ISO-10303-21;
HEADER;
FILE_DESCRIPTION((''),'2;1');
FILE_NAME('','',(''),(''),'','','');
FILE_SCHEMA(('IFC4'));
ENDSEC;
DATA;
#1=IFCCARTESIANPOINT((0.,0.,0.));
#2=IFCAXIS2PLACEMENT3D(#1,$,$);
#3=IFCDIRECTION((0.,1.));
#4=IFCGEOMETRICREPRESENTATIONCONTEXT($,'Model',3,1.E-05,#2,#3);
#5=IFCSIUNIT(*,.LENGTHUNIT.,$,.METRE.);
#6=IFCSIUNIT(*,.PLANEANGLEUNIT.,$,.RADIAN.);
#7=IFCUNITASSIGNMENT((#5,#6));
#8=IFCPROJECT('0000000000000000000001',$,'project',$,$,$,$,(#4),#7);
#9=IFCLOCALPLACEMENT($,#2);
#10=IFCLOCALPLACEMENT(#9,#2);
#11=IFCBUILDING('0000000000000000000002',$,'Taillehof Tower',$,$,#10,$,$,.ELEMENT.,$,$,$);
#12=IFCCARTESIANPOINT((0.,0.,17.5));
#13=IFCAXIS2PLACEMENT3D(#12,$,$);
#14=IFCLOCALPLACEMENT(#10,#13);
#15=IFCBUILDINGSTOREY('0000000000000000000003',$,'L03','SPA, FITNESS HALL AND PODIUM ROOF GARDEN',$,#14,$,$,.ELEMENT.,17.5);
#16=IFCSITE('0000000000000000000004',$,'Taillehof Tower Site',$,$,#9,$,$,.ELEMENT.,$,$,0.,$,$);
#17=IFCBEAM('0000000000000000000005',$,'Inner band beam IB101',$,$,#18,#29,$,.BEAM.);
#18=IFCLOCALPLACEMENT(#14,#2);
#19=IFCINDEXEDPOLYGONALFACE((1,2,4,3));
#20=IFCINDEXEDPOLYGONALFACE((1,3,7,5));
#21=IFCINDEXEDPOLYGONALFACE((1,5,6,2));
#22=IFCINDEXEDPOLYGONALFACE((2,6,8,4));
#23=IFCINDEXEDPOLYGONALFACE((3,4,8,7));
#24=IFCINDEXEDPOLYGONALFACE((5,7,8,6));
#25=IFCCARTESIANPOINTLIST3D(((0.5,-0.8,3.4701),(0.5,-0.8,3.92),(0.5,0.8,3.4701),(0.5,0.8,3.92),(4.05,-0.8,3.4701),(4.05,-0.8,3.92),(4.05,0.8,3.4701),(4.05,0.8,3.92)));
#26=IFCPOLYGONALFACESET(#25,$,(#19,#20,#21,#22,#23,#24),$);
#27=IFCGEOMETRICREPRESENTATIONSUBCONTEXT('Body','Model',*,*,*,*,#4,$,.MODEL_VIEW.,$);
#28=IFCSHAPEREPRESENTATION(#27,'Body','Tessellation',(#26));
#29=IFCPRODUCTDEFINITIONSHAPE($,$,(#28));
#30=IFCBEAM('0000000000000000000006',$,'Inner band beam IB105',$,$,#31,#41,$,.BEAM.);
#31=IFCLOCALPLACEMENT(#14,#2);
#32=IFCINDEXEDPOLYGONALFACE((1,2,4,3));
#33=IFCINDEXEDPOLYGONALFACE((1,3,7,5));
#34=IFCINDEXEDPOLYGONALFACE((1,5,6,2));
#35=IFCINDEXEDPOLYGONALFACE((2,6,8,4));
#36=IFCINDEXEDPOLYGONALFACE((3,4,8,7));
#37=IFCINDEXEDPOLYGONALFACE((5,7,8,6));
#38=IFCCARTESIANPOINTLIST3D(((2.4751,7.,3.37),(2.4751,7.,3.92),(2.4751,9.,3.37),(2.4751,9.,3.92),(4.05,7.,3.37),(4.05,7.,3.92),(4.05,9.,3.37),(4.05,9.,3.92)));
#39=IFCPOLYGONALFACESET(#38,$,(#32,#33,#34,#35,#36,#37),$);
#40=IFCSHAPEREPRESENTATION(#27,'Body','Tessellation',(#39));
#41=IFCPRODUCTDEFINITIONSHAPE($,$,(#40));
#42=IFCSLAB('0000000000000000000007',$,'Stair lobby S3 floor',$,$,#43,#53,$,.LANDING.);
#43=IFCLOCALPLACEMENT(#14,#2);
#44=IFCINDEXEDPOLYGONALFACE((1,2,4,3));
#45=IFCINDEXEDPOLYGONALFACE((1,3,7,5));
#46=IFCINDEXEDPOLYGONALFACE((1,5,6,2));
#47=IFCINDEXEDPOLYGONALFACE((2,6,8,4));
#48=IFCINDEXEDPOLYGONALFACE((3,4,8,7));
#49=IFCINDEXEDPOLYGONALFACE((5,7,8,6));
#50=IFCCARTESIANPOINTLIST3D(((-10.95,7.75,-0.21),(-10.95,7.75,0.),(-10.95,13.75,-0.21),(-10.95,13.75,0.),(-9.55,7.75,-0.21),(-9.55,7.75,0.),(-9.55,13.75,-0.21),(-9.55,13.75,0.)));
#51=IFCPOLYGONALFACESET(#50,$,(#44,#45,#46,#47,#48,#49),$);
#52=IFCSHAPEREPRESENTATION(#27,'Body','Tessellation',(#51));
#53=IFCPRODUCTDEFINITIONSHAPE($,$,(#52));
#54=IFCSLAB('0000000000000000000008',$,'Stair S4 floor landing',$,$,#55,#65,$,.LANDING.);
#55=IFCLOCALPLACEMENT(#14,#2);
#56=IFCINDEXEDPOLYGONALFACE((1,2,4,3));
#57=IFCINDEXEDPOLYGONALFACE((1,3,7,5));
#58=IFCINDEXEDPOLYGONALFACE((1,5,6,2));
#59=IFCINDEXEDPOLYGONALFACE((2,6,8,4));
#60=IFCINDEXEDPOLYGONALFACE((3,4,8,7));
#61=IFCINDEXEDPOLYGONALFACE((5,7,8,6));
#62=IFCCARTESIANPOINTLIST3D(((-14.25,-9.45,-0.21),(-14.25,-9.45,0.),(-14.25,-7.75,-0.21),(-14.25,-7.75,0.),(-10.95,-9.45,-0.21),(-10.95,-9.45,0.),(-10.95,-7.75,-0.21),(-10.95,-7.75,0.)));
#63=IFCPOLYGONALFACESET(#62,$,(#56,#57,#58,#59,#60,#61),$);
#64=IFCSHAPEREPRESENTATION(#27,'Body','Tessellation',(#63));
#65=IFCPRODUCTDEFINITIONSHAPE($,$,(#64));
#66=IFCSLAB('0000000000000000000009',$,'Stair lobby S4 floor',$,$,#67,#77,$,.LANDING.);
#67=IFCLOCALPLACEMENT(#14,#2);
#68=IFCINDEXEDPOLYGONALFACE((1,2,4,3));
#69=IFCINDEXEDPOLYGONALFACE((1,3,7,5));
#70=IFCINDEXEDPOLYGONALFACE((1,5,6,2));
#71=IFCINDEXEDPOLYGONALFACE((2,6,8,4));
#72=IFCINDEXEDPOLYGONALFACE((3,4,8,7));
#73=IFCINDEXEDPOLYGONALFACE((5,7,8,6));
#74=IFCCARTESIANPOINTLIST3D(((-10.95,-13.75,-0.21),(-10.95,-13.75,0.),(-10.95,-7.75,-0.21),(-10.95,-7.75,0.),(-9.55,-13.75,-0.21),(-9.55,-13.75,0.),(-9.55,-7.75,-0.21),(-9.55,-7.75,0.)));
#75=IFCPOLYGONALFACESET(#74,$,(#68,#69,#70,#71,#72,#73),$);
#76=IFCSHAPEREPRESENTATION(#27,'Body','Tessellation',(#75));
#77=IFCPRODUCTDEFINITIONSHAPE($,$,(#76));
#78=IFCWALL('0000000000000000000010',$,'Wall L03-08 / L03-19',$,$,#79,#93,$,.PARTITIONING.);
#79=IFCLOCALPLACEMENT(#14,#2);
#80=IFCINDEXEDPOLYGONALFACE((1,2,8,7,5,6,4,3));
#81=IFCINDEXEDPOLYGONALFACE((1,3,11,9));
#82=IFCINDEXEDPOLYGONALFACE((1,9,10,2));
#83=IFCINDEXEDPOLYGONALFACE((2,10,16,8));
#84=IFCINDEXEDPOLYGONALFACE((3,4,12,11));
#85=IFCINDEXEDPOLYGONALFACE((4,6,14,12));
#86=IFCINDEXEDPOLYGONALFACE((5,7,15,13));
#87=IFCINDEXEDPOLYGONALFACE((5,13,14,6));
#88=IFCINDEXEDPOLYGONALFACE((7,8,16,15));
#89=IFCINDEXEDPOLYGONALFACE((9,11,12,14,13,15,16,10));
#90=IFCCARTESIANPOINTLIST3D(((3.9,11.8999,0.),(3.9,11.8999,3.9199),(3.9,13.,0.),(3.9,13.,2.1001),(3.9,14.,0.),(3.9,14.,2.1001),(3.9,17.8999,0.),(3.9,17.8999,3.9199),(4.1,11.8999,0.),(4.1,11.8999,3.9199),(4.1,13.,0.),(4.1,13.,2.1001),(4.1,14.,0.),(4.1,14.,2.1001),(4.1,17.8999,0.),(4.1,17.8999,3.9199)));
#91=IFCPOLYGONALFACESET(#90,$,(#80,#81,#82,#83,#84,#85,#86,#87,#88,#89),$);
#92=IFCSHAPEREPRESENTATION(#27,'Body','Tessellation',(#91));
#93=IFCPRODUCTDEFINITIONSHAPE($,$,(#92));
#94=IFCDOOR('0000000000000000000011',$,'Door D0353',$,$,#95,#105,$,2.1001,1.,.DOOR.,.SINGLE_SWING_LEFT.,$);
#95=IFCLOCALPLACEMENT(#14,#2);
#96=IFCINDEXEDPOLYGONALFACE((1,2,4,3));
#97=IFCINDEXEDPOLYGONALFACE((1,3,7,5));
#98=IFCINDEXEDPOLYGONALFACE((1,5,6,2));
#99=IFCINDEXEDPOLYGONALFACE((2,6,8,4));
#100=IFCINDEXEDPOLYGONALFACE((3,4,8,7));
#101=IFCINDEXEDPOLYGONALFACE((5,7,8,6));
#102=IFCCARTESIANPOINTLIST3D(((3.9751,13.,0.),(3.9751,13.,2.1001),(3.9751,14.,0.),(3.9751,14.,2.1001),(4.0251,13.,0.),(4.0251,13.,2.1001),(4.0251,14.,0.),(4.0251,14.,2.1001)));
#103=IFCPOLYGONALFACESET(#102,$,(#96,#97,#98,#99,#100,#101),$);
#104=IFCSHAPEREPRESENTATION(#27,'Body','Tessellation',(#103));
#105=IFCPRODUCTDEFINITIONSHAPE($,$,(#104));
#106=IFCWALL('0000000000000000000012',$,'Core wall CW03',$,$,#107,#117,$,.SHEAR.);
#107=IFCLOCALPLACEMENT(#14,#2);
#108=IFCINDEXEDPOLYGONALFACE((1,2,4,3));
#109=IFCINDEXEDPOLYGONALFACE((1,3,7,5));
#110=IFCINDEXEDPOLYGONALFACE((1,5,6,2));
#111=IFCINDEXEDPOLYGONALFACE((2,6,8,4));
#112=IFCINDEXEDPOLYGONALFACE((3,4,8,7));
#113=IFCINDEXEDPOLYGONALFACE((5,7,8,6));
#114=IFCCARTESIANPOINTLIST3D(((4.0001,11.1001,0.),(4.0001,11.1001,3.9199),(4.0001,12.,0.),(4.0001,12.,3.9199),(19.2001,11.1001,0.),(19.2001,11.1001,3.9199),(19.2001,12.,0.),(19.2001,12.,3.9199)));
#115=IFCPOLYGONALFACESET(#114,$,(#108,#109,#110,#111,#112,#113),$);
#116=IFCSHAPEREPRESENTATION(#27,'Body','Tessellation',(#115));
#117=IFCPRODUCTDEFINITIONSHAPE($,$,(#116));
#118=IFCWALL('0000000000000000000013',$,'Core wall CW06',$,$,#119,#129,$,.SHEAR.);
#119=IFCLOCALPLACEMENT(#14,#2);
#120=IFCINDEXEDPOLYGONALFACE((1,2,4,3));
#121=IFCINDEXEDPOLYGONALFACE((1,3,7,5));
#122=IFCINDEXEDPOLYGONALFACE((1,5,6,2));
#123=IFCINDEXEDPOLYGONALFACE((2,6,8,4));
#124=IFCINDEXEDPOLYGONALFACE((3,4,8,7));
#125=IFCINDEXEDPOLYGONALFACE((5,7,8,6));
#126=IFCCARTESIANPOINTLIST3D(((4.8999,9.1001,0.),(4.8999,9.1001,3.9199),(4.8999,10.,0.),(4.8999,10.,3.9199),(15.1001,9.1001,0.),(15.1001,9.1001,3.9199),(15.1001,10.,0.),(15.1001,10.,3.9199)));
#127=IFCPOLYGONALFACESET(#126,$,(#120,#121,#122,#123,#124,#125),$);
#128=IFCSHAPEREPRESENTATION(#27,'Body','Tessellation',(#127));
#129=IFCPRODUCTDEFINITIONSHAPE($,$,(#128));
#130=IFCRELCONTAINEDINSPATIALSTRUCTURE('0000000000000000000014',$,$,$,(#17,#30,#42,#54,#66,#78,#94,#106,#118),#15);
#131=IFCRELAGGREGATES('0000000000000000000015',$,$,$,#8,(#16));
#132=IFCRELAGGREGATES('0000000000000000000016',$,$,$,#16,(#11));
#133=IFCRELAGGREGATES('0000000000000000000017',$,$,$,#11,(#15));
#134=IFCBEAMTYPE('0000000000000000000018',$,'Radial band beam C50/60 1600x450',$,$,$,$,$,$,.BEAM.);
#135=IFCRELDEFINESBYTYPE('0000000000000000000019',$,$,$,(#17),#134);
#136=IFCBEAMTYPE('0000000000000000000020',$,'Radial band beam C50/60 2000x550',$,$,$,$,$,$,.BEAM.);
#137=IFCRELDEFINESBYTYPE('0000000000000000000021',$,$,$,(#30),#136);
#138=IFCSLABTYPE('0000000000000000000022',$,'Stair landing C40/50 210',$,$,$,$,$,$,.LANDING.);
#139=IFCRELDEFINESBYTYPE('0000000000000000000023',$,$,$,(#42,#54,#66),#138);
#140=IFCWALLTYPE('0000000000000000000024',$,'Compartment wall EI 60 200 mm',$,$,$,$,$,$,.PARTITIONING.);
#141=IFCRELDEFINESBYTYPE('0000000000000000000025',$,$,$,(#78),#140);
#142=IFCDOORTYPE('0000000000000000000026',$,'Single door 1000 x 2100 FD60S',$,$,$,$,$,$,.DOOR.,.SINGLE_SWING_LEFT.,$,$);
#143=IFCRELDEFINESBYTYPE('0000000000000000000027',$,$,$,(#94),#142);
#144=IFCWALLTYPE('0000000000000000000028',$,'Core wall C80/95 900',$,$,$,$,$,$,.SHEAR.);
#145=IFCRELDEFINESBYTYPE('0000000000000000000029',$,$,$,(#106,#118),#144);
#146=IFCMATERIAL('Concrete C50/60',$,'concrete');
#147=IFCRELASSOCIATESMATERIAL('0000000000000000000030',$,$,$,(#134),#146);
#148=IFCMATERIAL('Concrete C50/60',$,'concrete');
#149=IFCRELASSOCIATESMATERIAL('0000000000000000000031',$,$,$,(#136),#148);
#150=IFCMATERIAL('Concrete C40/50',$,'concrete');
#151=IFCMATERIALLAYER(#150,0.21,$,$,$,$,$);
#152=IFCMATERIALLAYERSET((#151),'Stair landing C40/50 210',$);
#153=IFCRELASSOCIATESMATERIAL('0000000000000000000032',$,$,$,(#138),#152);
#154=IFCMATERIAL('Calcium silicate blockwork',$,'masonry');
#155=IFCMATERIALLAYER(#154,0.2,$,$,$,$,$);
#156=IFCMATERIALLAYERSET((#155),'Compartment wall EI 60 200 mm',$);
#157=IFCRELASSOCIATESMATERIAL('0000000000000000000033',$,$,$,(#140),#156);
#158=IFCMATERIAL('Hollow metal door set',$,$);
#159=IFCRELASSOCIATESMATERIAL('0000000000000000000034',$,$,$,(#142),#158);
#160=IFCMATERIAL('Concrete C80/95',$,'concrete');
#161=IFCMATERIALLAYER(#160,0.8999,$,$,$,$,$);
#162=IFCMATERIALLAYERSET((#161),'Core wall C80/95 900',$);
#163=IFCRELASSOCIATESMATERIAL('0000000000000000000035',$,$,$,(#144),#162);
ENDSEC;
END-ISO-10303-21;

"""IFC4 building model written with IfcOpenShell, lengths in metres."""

from ifc_helpers import new_model, si_unit, direction, frame, frame_2d, origin, origin_2d, place, context, subcontext, project, spatial, polyline, rectangle, outline, extrude, material, layer, layer_set, material_profile, profile_set, type_object, element, fill, save


model = new_model("IFC4")

# Units and contexts
model_context = context("Model", 3, precision=1e-05, world=origin(), true_north=direction((0.0, 1.0)))
body_context = subcontext(model_context, "Body", "Model", "MODEL_VIEW")
ifc_project = project(units=[si_unit("LENGTHUNIT", "METRE"), si_unit("PLANEANGLEUNIT", "RADIAN")], contexts=[model_context])

# Site, building, storey
site_placement = place(None, origin())
site = spatial("IfcSite", under=ifc_project, at=site_placement, Name="Taillehof Tower Site", CompositionType="ELEMENT", RefElevation=0.0)
building_placement = place(site_placement, origin())
building = spatial("IfcBuilding", under=site, at=building_placement, Name="Taillehof Tower", CompositionType="ELEMENT")
storey_placement = place(building_placement, frame((0.0, 0.0, 17.5)))
storey = spatial("IfcBuildingStorey", under=building, at=storey_placement, Name="L03", Description="SPA, FITNESS HALL AND PODIUM ROOF GARDEN", CompositionType="ELEMENT", Elevation=17.5)

# Beams
ifc_material_1 = material(Name="Concrete C50/60", Category="concrete")
ifc_material_profile_1 = material_profile(ifc_material_1, rectangle(XDim=1.6001, YDim=0.45, at=origin_2d()), Name="RC 1600x450")
ifc_profile_set_1 = profile_set([ifc_material_profile_1], Name="Concrete C50/60")
beam_type_1 = type_object("IfcBeamType", Name="Radial band beam C50/60 1600x450", PredefinedType="BEAM", material=ifc_profile_set_1)
beam_1_placement = place(storey_placement, frame((0.5, 0.0, 3.6951), z_axis=(1.0, 0.0, 0.0), x_axis=(0.0, 1.0, 0.0)))
element("IfcBeam", 1, at=beam_1_placement, inside=storey, type_object=beam_type_1, Name="Inner band beam IB101", PredefinedType="BEAM", context=body_context, shape_type="SweptSolid", body=[
    extrude(rectangle(XDim=1.6001, YDim=0.45, at=origin_2d()), origin(), (0.0, 0.0, 1.0), 3.55),
])
ifc_material_2 = material(Name="Concrete C50/60", Category="concrete")
ifc_material_profile_2 = material_profile(ifc_material_2, rectangle(XDim=2.0, YDim=0.55, at=origin_2d()), Name="RC 2000x550")
ifc_profile_set_2 = profile_set([ifc_material_profile_2], Name="Concrete C50/60")
beam_type_2 = type_object("IfcBeamType", Name="Radial band beam C50/60 2000x550", PredefinedType="BEAM", material=ifc_profile_set_2)
beam_2_placement = place(storey_placement, frame((2.4751, 8.0, 3.645), z_axis=(1.0, 0.0, 0.0), x_axis=(0.0, 1.0, 0.0)))
element("IfcBeam", 2, at=beam_2_placement, inside=storey, type_object=beam_type_2, Name="Inner band beam IB105", PredefinedType="BEAM", context=body_context, shape_type="SweptSolid", body=[
    extrude(rectangle(XDim=2.0, YDim=0.55, at=origin_2d()), origin(), (0.0, 0.0, 1.0), 1.575),
])

# Slabs
ifc_material_3 = material(Name="Concrete C40/50", Category="concrete")
ifc_layer_1 = layer(ifc_material_3, 0.21)
ifc_layer_set_1 = layer_set([ifc_layer_1], Name="Stair landing C40/50 210")
slab_type = type_object("IfcSlabType", Name="Stair landing C40/50 210", PredefinedType="LANDING", material=ifc_layer_set_1)
slab_1_placement = place(storey_placement, frame((0.0, 0.0, -0.21)))
element("IfcSlab", 3, at=slab_1_placement, inside=storey, type_object=slab_type, Name="Stair lobby S3 floor", PredefinedType="LANDING", context=body_context, shape_type="SweptSolid", body=[
    extrude(outline(polyline([(-10.95, 7.75), (-9.55, 7.75), (-9.55, 13.75), (-10.95, 13.75), (-10.95, 7.75)])), origin(), (0.0, 0.0, 1.0), 0.21),
])
slab_2_placement = place(storey_placement, frame((0.0, 0.0, -0.21)))
element("IfcSlab", 4, at=slab_2_placement, inside=storey, type_object=slab_type, Name="Stair S4 floor landing", PredefinedType="LANDING", context=body_context, shape_type="SweptSolid", body=[
    extrude(outline(polyline([(-14.25, -7.75), (-14.25, -9.45), (-10.95, -9.45), (-10.95, -7.75), (-14.25, -7.75)])), origin(), (0.0, 0.0, 1.0), 0.21),
])
slab_3_placement = place(storey_placement, frame((0.0, 0.0, -0.21)))
element("IfcSlab", 5, at=slab_3_placement, inside=storey, type_object=slab_type, Name="Stair lobby S4 floor", PredefinedType="LANDING", context=body_context, shape_type="SweptSolid", body=[
    extrude(outline(polyline([(-10.95, -13.75), (-9.55, -13.75), (-9.55, -7.75), (-10.95, -7.75), (-10.95, -13.75)])), origin(), (0.0, 0.0, 1.0), 0.21),
])

# Wall, opening, door
ifc_material_4 = material(Name="Calcium silicate blockwork", Category="masonry")
ifc_layer_2 = layer(ifc_material_4, 0.2)
ifc_layer_set_2 = layer_set([ifc_layer_2], Name="Compartment wall EI 60 200 mm")
wall_type_1 = type_object("IfcWallType", Name="Compartment wall EI 60 200 mm", PredefinedType="PARTITIONING", material=ifc_layer_set_2)
wall_1_placement = place(storey_placement, frame((4.0, 11.8999, 0.0), z_axis=(0.0, 0.0, 1.0), x_axis=(0.0, 1.0, 0.0)))
wall_1 = element("IfcWall", 6, at=wall_1_placement, inside=storey, type_object=wall_type_1, Name="Wall L03-08 / L03-19", PredefinedType="PARTITIONING", context=body_context, shape_type="SweptSolid", body=[
    extrude(rectangle(XDim=6.0, YDim=0.2, at=frame_2d((3.0, 0.0))), origin(), (0.0, 0.0, 1.0), 3.9199),
])
opening_1_placement = place(wall_1_placement, frame((1.1001, 0.0, 0.0)))
opening_1 = element("IfcOpeningElement", 7, at=opening_1_placement, cuts=wall_1, PredefinedType="OPENING", context=body_context, shape_type="SweptSolid", body=[
    extrude(rectangle(XDim=1.0, YDim=2.1001, at=frame_2d((0.5, 1.05))), frame((0.0, 0.1099, 0.0), z_axis=(0.0, -1.0, 0.0), x_axis=(1.0, 0.0, 0.0)), (0.0, 0.0, 1.0), 0.22),
])
ifc_material_5 = material(Name="Hollow metal door set")
door_type_1 = type_object("IfcDoorType", Name="Single door 1000 x 2100 FD60S", OperationType="SINGLE_SWING_LEFT", PredefinedType="DOOR", material=ifc_material_5)
door_1_placement = place(opening_1_placement, origin())
door_1 = element("IfcDoor", 8, at=door_1_placement, inside=storey, type_object=door_type_1, Name="Door D0353", OperationType="SINGLE_SWING_LEFT", OverallHeight=2.1001, OverallWidth=1.0, PredefinedType="DOOR", context=body_context, shape_type="SweptSolid", body=[
    extrude(rectangle(XDim=1.0, YDim=2.1001, at=frame_2d((0.5, 1.05))), frame((0.0, 0.0249, 0.0), z_axis=(0.0, -1.0, 0.0), x_axis=(1.0, 0.0, 0.0)), (0.0, 0.0, 1.0), 0.05),
])
fill(opening_1, door_1)

# Walls
ifc_material_6 = material(Name="Concrete C80/95", Category="concrete")
ifc_layer_3 = layer(ifc_material_6, 0.8999)
ifc_layer_set_3 = layer_set([ifc_layer_3], Name="Core wall C80/95 900")
wall_type_2 = type_object("IfcWallType", Name="Core wall C80/95 900", PredefinedType="SHEAR", material=ifc_layer_set_3)
wall_2_placement = place(storey_placement, frame((4.0, 11.55, 0.0), z_axis=(0.0, 0.0, 1.0), x_axis=(1.0, 0.0, 0.0)))
element("IfcWall", 9, at=wall_2_placement, inside=storey, type_object=wall_type_2, Name="Core wall CW03", PredefinedType="SHEAR", context=body_context, shape_type="SweptSolid", body=[
    extrude(rectangle(XDim=15.2, YDim=0.8999, at=frame_2d((7.6001, 0.0))), origin(), (0.0, 0.0, 1.0), 3.9199),
])
wall_3_placement = place(storey_placement, frame((4.8999, 9.55, 0.0), z_axis=(0.0, 0.0, 1.0), x_axis=(1.0, 0.0, 0.0)))
element("IfcWall", 10, at=wall_3_placement, inside=storey, type_object=wall_type_2, Name="Core wall CW06", PredefinedType="SHEAR", context=body_context, shape_type="SweptSolid", body=[
    extrude(rectangle(XDim=10.2002, YDim=0.8999, at=frame_2d((5.1001, 0.0))), origin(), (0.0, 0.0, 1.0), 3.9199),
])

save(model, "model.ifc")
